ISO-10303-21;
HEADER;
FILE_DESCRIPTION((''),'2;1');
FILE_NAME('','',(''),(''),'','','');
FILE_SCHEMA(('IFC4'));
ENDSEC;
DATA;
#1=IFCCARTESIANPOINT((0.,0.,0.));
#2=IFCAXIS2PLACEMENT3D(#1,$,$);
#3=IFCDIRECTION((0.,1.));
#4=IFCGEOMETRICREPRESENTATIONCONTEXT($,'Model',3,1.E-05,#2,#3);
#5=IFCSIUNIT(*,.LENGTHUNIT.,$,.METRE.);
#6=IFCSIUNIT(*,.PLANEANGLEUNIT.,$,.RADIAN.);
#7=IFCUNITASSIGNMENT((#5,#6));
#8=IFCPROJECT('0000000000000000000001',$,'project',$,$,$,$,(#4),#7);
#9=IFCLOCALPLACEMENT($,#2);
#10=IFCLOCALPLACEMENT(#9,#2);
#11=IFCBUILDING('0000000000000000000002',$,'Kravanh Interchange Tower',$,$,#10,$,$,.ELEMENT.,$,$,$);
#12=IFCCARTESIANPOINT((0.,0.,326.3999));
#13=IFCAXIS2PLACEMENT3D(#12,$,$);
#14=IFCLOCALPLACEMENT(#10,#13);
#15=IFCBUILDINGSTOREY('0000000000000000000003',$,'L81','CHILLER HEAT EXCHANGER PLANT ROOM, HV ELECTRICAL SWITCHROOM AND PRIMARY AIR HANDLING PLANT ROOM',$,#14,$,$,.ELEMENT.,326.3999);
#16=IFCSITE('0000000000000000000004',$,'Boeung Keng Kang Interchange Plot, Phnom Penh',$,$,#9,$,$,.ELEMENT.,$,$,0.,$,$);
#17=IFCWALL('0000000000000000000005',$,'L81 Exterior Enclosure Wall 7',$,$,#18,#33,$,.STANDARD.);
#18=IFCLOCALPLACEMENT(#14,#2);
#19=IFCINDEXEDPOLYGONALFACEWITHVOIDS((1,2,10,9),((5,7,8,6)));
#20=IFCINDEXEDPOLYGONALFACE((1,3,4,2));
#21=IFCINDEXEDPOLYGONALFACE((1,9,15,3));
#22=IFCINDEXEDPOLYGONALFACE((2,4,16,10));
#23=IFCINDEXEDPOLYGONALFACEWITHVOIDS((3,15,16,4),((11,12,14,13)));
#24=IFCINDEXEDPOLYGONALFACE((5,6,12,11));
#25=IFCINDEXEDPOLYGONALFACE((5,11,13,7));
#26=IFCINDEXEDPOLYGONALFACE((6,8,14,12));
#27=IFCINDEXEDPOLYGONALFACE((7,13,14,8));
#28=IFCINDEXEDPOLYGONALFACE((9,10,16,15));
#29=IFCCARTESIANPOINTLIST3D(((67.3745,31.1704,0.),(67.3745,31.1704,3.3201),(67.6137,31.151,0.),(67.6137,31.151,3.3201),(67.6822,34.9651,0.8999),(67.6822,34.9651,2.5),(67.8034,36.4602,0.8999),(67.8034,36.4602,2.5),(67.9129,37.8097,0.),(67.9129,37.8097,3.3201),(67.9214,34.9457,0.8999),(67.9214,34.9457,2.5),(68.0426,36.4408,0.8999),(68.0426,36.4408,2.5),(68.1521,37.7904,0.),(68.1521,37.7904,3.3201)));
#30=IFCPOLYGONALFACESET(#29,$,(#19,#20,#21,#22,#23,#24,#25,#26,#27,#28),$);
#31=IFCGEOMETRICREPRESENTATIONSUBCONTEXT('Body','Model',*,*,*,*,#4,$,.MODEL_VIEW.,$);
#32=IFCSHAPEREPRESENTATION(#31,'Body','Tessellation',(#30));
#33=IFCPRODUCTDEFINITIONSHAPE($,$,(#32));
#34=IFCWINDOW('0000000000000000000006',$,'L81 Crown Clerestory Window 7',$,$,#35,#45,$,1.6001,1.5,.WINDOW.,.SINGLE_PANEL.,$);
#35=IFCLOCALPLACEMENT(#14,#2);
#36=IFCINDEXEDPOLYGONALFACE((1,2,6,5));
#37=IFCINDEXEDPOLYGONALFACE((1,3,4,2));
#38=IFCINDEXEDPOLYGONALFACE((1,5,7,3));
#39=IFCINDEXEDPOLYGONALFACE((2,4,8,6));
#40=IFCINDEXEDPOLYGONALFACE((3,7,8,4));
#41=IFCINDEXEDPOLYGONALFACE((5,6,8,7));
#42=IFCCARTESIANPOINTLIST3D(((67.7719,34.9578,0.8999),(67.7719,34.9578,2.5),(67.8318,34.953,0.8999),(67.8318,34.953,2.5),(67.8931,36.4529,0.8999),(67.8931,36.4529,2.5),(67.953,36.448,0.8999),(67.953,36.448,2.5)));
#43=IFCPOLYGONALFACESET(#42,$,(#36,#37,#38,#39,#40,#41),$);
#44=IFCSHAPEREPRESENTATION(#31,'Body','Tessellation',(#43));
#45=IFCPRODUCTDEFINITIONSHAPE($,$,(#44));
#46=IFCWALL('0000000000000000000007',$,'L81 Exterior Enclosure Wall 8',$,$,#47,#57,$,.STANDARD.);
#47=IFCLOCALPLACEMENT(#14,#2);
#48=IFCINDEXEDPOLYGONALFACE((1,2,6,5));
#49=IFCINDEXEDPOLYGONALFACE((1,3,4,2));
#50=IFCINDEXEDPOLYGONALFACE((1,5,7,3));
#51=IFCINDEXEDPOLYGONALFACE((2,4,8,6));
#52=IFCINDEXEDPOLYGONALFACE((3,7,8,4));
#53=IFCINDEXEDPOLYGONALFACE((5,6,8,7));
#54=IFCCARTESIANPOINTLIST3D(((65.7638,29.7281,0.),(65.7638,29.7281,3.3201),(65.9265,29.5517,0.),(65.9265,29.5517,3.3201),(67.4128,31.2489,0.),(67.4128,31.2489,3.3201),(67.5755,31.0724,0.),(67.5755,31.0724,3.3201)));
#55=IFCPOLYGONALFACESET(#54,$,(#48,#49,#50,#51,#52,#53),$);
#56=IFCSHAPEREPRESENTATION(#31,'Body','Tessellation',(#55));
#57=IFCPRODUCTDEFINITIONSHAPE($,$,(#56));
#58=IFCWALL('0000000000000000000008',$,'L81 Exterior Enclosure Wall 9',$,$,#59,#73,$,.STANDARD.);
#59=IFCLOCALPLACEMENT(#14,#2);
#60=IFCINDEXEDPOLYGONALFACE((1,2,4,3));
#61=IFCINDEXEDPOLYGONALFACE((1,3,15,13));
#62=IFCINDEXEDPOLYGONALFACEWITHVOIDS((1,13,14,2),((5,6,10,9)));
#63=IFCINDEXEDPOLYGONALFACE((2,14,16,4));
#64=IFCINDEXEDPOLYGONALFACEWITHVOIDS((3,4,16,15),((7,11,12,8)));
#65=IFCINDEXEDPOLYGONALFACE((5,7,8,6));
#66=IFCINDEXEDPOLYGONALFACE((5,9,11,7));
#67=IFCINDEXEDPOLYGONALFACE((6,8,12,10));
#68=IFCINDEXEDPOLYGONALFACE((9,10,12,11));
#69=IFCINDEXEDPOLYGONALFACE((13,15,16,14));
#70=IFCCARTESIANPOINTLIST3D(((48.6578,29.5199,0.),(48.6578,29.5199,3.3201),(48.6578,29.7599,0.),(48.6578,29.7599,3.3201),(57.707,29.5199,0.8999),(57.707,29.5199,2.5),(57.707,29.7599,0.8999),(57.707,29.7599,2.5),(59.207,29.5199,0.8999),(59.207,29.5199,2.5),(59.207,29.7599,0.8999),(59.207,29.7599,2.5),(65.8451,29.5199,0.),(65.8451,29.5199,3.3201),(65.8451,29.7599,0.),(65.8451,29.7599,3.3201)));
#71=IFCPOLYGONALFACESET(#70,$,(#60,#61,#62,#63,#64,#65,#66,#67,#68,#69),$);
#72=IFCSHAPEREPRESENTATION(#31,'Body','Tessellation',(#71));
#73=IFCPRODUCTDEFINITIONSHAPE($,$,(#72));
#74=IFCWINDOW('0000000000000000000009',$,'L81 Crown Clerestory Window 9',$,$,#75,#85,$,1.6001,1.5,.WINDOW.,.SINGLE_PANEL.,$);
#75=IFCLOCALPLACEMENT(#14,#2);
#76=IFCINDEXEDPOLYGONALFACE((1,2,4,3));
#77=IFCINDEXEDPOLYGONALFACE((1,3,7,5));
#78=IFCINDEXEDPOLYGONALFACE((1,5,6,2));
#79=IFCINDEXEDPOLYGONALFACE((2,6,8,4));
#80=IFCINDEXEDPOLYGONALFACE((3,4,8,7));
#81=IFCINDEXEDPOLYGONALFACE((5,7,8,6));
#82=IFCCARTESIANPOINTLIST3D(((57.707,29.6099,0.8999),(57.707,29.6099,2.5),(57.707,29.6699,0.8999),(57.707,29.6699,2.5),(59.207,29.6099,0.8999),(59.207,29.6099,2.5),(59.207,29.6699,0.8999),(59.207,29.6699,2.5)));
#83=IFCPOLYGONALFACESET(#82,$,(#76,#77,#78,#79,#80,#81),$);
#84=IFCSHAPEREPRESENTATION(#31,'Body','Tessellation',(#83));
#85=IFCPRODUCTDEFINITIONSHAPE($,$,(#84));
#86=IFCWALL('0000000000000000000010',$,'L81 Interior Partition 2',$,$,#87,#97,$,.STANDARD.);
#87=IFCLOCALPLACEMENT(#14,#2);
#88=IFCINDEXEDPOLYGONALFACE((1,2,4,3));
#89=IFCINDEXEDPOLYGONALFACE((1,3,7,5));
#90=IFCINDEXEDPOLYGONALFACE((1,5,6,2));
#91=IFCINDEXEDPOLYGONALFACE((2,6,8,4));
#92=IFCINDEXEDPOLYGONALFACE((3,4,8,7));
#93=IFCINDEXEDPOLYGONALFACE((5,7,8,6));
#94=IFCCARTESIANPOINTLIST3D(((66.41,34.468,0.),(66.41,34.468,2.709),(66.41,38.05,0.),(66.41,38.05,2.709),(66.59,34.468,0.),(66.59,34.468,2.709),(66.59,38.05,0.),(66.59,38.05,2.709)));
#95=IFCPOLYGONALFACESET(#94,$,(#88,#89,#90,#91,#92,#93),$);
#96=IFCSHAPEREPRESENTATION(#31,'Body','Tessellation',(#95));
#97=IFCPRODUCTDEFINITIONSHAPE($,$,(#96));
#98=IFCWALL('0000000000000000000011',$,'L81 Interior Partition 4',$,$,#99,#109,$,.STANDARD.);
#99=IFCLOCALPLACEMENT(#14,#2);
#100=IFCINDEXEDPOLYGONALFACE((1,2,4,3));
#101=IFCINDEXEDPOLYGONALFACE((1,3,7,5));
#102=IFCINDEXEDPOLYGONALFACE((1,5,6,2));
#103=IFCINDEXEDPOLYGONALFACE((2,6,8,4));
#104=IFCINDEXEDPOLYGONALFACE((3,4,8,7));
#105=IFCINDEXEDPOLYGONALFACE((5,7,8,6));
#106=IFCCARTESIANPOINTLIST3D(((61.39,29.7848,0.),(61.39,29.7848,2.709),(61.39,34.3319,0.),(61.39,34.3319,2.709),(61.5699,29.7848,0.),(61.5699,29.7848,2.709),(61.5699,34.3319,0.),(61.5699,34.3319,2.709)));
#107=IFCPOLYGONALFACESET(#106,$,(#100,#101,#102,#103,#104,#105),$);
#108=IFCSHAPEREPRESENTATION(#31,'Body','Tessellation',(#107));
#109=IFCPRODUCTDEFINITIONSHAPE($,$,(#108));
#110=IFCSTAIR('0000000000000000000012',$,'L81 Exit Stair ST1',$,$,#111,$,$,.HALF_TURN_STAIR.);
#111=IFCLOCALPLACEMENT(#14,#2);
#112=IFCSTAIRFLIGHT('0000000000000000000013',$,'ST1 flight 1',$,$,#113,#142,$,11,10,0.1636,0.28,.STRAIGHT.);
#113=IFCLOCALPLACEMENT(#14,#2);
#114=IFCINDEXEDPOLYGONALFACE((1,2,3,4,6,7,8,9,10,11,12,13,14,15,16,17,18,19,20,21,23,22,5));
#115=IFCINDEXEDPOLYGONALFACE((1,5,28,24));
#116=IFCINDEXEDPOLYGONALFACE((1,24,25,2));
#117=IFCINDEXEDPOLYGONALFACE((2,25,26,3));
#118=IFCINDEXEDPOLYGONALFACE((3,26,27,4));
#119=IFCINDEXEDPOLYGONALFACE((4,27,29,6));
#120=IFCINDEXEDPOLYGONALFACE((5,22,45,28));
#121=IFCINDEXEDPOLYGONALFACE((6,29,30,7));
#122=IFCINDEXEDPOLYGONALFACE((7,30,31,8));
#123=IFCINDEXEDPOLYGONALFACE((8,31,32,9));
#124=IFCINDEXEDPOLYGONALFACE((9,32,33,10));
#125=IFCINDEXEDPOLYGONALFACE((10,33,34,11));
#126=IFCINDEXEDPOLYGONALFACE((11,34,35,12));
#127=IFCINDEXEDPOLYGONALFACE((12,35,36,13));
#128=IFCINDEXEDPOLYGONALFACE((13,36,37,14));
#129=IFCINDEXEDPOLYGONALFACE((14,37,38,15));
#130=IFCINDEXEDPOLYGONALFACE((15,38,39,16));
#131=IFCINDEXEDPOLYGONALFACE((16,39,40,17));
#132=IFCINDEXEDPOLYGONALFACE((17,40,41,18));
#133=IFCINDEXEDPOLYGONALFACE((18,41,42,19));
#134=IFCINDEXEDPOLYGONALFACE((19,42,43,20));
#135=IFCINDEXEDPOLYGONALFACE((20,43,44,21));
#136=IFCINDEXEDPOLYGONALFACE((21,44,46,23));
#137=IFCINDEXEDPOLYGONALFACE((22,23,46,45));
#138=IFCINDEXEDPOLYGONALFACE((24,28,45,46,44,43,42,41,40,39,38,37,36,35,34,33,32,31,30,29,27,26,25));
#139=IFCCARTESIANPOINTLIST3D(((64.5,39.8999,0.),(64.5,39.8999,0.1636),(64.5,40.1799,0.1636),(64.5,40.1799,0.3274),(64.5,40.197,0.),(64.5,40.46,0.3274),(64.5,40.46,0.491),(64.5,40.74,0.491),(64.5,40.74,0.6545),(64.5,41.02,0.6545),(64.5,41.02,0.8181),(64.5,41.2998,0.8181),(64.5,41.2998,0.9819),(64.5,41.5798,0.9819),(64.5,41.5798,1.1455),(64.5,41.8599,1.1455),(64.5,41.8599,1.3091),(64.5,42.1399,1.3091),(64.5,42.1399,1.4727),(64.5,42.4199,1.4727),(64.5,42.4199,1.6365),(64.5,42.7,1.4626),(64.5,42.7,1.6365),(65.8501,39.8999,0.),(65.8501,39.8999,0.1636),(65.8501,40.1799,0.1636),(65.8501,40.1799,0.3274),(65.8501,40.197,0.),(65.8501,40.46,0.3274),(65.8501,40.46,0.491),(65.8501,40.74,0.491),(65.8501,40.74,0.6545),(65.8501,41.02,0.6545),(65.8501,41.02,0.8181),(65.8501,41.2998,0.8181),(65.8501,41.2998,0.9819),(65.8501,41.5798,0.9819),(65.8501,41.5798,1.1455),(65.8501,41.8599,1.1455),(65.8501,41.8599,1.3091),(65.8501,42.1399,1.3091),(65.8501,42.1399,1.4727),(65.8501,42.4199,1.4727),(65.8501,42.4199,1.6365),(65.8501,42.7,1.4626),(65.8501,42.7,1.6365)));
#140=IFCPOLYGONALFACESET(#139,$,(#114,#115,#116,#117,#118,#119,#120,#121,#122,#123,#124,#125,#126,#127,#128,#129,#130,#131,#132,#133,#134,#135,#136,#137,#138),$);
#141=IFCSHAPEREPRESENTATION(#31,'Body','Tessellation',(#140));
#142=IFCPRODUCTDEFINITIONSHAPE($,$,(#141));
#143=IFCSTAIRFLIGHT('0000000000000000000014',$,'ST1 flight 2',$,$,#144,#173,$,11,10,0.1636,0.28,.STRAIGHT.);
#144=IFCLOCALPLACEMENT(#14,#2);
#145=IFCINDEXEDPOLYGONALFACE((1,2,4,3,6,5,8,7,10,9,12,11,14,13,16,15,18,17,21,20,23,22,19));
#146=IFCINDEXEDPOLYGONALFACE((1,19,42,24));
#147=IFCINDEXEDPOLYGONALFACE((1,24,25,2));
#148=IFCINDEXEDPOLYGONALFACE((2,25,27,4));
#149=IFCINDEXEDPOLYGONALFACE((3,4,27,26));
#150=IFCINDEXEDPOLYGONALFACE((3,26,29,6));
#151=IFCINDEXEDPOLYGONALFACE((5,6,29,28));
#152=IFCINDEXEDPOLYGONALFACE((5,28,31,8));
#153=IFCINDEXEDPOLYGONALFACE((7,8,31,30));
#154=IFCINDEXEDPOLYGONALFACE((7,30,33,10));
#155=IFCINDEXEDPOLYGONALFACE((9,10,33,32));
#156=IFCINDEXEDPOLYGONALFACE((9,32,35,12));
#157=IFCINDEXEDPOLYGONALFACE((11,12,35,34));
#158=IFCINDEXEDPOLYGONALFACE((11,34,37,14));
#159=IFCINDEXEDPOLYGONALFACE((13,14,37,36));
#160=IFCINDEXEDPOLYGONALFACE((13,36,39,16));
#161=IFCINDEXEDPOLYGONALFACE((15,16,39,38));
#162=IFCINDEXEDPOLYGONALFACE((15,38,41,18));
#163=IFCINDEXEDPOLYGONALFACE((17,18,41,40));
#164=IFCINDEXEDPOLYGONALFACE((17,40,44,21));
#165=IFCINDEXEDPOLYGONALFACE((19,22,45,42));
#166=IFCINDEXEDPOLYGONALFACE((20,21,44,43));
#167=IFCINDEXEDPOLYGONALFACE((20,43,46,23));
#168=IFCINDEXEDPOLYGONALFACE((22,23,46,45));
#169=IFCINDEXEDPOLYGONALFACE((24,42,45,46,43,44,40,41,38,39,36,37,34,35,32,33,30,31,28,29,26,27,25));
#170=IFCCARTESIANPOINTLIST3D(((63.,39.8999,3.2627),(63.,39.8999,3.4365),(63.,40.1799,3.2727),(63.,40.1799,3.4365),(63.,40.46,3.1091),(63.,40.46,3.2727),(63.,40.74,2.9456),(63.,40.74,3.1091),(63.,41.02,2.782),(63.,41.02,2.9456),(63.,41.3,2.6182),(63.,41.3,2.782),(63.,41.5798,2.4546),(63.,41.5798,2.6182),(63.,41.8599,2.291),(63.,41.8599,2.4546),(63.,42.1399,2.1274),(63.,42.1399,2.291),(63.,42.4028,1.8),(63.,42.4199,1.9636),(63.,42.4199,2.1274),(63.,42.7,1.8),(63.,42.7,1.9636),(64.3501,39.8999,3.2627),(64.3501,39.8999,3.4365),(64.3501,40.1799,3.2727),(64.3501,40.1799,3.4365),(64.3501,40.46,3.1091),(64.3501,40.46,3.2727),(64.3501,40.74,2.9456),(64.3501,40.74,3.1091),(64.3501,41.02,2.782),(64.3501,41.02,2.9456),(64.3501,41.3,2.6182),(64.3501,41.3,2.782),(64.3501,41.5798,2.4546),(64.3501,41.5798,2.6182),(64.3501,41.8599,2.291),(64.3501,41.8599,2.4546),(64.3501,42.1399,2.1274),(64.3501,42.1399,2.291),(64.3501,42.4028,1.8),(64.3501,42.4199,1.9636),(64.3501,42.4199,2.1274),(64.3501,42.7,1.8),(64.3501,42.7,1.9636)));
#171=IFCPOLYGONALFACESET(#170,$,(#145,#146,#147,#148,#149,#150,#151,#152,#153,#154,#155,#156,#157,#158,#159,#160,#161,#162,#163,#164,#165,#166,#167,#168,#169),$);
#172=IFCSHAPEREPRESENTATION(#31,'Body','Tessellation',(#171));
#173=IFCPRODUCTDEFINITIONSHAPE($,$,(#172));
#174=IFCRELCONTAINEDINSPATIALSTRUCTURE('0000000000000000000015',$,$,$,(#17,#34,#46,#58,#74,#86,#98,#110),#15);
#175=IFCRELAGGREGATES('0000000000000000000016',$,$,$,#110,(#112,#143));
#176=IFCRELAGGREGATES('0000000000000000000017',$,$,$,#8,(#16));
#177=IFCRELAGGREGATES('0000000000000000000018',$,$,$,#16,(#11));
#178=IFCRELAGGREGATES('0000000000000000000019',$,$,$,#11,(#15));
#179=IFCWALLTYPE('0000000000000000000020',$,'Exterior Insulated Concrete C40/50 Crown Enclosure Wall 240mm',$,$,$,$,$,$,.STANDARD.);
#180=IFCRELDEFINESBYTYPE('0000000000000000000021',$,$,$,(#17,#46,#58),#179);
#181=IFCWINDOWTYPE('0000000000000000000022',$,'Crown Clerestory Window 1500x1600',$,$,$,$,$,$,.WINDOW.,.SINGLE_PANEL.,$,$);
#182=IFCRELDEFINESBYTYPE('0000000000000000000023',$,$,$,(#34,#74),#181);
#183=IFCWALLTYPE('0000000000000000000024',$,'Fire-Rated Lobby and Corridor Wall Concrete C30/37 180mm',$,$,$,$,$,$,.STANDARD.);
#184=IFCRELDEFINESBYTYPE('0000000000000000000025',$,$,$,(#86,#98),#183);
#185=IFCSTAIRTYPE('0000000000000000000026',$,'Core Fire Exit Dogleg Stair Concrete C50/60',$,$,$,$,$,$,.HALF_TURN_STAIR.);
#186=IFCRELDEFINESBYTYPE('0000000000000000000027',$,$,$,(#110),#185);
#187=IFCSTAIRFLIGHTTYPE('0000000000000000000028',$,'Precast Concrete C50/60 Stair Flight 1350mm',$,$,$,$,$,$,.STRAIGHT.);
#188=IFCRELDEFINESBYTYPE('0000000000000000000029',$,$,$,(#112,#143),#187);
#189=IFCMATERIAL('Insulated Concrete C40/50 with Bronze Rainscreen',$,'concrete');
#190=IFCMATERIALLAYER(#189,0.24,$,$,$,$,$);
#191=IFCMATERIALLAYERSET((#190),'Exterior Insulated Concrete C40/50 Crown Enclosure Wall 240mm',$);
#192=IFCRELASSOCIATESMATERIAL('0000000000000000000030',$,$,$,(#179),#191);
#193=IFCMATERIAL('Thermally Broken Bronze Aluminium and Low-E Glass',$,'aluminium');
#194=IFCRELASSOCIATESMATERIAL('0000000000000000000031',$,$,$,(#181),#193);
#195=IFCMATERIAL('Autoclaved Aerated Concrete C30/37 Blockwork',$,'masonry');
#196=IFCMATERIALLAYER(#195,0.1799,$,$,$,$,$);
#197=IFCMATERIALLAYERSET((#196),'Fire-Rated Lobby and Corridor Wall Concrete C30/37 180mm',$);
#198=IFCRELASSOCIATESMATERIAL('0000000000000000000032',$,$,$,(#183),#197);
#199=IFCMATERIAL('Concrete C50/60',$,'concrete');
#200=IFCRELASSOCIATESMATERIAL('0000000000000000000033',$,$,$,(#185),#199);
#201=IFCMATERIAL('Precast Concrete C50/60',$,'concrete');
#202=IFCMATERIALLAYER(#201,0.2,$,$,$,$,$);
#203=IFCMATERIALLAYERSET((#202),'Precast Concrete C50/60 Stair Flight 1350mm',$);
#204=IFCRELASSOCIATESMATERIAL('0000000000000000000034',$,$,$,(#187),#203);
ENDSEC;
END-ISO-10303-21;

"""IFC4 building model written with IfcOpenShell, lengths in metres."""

from ifc_helpers import new_model, si_unit, direction, frame, frame_2d, origin, place, context, subcontext, project, spatial, polyline, rectangle, outline, extrude, material, layer, layer_set, type_object, element, fill, aggregate, save


model = new_model("IFC4")

# Units and contexts
model_context = context("Model", 3, precision=1e-05, world=origin(), true_north=direction((0.0, 1.0)))
body_context = subcontext(model_context, "Body", "Model", "MODEL_VIEW")
ifc_project = project(units=[si_unit("LENGTHUNIT", "METRE"), si_unit("PLANEANGLEUNIT", "RADIAN")], contexts=[model_context])

# Site, building, storey
site_placement = place(None, origin())
site = spatial("IfcSite", under=ifc_project, at=site_placement, Name="Boeung Keng Kang Interchange Plot, Phnom Penh", CompositionType="ELEMENT", RefElevation=0.0)
building_placement = place(site_placement, origin())
building = spatial("IfcBuilding", under=site, at=building_placement, Name="Kravanh Interchange Tower", CompositionType="ELEMENT")
storey_placement = place(building_placement, frame((0.0, 0.0, 326.3999)))
storey = spatial("IfcBuildingStorey", under=building, at=storey_placement, Name="L81", Description="CHILLER HEAT EXCHANGER PLANT ROOM, HV ELECTRICAL SWITCHROOM AND PRIMARY AIR HANDLING PLANT ROOM", CompositionType="ELEMENT", Elevation=326.3999)

# Shared definitions
ifc_material_1 = material(Name="Insulated Concrete C40/50 with Bronze Rainscreen", Category="concrete")
ifc_layer_1 = layer(ifc_material_1, 0.24)
ifc_layer_set_1 = layer_set([ifc_layer_1], Name="Exterior Insulated Concrete C40/50 Crown Enclosure Wall 240mm")
wall_type_1 = type_object("IfcWallType", Name="Exterior Insulated Concrete C40/50 Crown Enclosure Wall 240mm", PredefinedType="STANDARD", material=ifc_layer_set_1)

# Wall, opening, window
wall_1_placement = place(storey_placement, frame((68.0325, 37.8, 0.0), z_axis=(0.0, 0.0, 1.0), x_axis=(-0.080816, -0.996729, 0.0)))
wall_1 = element("IfcWall", 1, at=wall_1_placement, inside=storey, type_object=wall_type_1, Name="L81 Exterior Enclosure Wall 7", PredefinedType="STANDARD", context=body_context, shape_type="SweptSolid", body=[
    extrude(rectangle(XDim=6.6611, YDim=0.24, at=frame_2d((3.3306, 0.0))), origin(), (0.0, 0.0, 1.0), 3.3201),
])
opening_1_placement = place(wall_1_placement, frame((1.354, 0.0, 0.8999)))
opening_1 = element("IfcOpeningElement", 2, at=opening_1_placement, cuts=wall_1, PredefinedType="OPENING", context=body_context, shape_type="SweptSolid", body=[
    extrude(rectangle(XDim=1.5, YDim=1.6001, at=frame_2d((0.75, 0.8))), frame((0.0, 0.1299, 0.0), z_axis=(0.0, -1.0, 0.0), x_axis=(1.0, 0.0, 0.0)), (0.0, 0.0, 1.0), 0.26),
])
ifc_material_2 = material(Name="Thermally Broken Bronze Aluminium and Low-E Glass", Category="aluminium")
window_type = type_object("IfcWindowType", Name="Crown Clerestory Window 1500x1600", PartitioningType="SINGLE_PANEL", PredefinedType="WINDOW", material=ifc_material_2)
window_1_placement = place(opening_1_placement, origin())
window_1 = element("IfcWindow", 3, at=window_1_placement, inside=storey, type_object=window_type, Name="L81 Crown Clerestory Window 7", OverallHeight=1.6001, OverallWidth=1.5, PartitioningType="SINGLE_PANEL", PredefinedType="WINDOW", context=body_context, shape_type="SweptSolid", body=[
    extrude(rectangle(XDim=1.5, YDim=1.6001, at=frame_2d((0.75, 0.8))), frame((0.0, 0.03, 0.0), z_axis=(0.0, -1.0, 0.0), x_axis=(1.0, 0.0, 0.0)), (0.0, 0.0, 1.0), 0.0601),
])
fill(opening_1, window_1)

# Wall
wall_2_placement = place(storey_placement, frame((67.4941, 31.1606, 0.0), z_axis=(0.0, 0.0, 1.0), x_axis=(-0.7351, -0.677959, 0.0)))
element("IfcWall", 4, at=wall_2_placement, inside=storey, type_object=wall_type_1, Name="L81 Exterior Enclosure Wall 8", PredefinedType="STANDARD", context=body_context, shape_type="SweptSolid", body=[
    extrude(rectangle(XDim=2.2432, YDim=0.24, at=frame_2d((1.1216, 0.0))), origin(), (0.0, 0.0, 1.0), 3.3201),
])

# Wall, opening, window
wall_3_placement = place(storey_placement, frame((65.8452, 29.6399, 0.0), z_axis=(0.0, 0.0, 1.0), x_axis=(-1.0, 0.0, 0.0)))
wall_3 = element("IfcWall", 5, at=wall_3_placement, inside=storey, type_object=wall_type_1, Name="L81 Exterior Enclosure Wall 9", PredefinedType="STANDARD", context=body_context, shape_type="SweptSolid", body=[
    extrude(rectangle(XDim=17.1873, YDim=0.24, at=frame_2d((8.5938, 0.0))), origin(), (0.0, 0.0, 1.0), 3.3201),
])
opening_2_placement = place(wall_3_placement, frame((6.6382, 0.0, 0.8999)))
opening_2 = element("IfcOpeningElement", 6, at=opening_2_placement, cuts=wall_3, PredefinedType="OPENING", context=body_context, shape_type="SweptSolid", body=[
    extrude(rectangle(XDim=1.5, YDim=1.6001, at=frame_2d((0.75, 0.8))), frame((0.0, 0.1299, 0.0), z_axis=(0.0, -1.0, 0.0), x_axis=(1.0, 0.0, 0.0)), (0.0, 0.0, 1.0), 0.26),
])
window_2_placement = place(opening_2_placement, origin())
window_2 = element("IfcWindow", 7, at=window_2_placement, inside=storey, type_object=window_type, Name="L81 Crown Clerestory Window 9", OverallHeight=1.6001, OverallWidth=1.5, PartitioningType="SINGLE_PANEL", PredefinedType="WINDOW", context=body_context, shape_type="SweptSolid", body=[
    extrude(rectangle(XDim=1.5, YDim=1.6001, at=frame_2d((0.75, 0.8))), frame((0.0, 0.03, 0.0), z_axis=(0.0, -1.0, 0.0), x_axis=(1.0, 0.0, 0.0)), (0.0, 0.0, 1.0), 0.0601),
])
fill(opening_2, window_2)

# Walls
ifc_material_3 = material(Name="Autoclaved Aerated Concrete C30/37 Blockwork", Category="masonry")
ifc_layer_2 = layer(ifc_material_3, 0.1799)
ifc_layer_set_2 = layer_set([ifc_layer_2], Name="Fire-Rated Lobby and Corridor Wall Concrete C30/37 180mm")
wall_type_2 = type_object("IfcWallType", Name="Fire-Rated Lobby and Corridor Wall Concrete C30/37 180mm", PredefinedType="STANDARD", material=ifc_layer_set_2)
wall_4_placement = place(storey_placement, frame((66.5, 34.468, 0.0), z_axis=(0.0, 0.0, 1.0), x_axis=(0.0, 1.0, 0.0)))
element("IfcWall", 8, at=wall_4_placement, inside=storey, type_object=wall_type_2, Name="L81 Interior Partition 2", PredefinedType="STANDARD", context=body_context, shape_type="SweptSolid", body=[
    extrude(rectangle(XDim=3.582, YDim=0.1799, at=frame_2d((1.791, 0.0))), origin(), (0.0, 0.0, 1.0), 2.709),
])
wall_5_placement = place(storey_placement, frame((61.48, 29.7849, 0.0), z_axis=(0.0, 0.0, 1.0), x_axis=(0.0, 1.0, 0.0)))
element("IfcWall", 9, at=wall_5_placement, inside=storey, type_object=wall_type_2, Name="L81 Interior Partition 4", PredefinedType="STANDARD", context=body_context, shape_type="SweptSolid", body=[
    extrude(rectangle(XDim=4.5471, YDim=0.1799, at=frame_2d((2.2734, 0.0))), origin(), (0.0, 0.0, 1.0), 2.709),
])

# Stair, stair flights
ifc_material_4 = material(Name="Concrete C50/60", Category="concrete")
stair_type = type_object("IfcStairType", Name="Core Fire Exit Dogleg Stair Concrete C50/60", PredefinedType="HALF_TURN_STAIR", material=ifc_material_4)
stair_1_placement = place(storey_placement, origin())
stair_1 = element("IfcStair", 10, at=stair_1_placement, inside=storey, type_object=stair_type, Name="L81 Exit Stair ST1", PredefinedType="HALF_TURN_STAIR")
ifc_material_5 = material(Name="Precast Concrete C50/60", Category="concrete")
ifc_layer_3 = layer(ifc_material_5, 0.2)
ifc_layer_set_3 = layer_set([ifc_layer_3], Name="Precast Concrete C50/60 Stair Flight 1350mm")
stair_flight_type = type_object("IfcStairFlightType", Name="Precast Concrete C50/60 Stair Flight 1350mm", PredefinedType="STRAIGHT", material=ifc_layer_set_3)
stair_flight_1_placement = place(storey_placement, frame((65.175, 39.8999, 0.0), z_axis=(0.0, 0.0, 1.0), x_axis=(0.0, 1.0, 0.0)))
stair_flight_1 = element("IfcStairFlight", 11, at=stair_flight_1_placement, type_object=stair_flight_type, Name="ST1 flight 1", NumberOfRisers=11, NumberOfTreads=10, PredefinedType="STRAIGHT", RiserHeight=0.1636, TreadLength=0.28, context=body_context, shape_type="SweptSolid", body=[
    extrude(outline(polyline([(0.0, 0.0), (0.0, 0.1636), (0.28, 0.1636), (0.28, 0.3274), (0.5601, 0.3274), (0.5601, 0.491), (0.8401, 0.491), (0.8401, 0.6545), (1.1201, 0.6545), (1.1201, 0.8181), (1.3999, 0.8181), (1.3999, 0.9819), (1.6799, 0.9819), (1.6799, 1.1455), (1.96, 1.1455), (1.96, 1.3091), (2.24, 1.3091), (2.24, 1.4727), (2.52, 1.4727), (2.52, 1.6365), (2.8, 1.6365), (2.8, 1.8), (2.8, 1.4626), (0.2971, 0.0), (0.0, 0.0)])), frame((0.0, 0.675, 0.0), z_axis=(0.0, -1.0, 0.0), x_axis=(1.0, 0.0, 0.0)), (0.0, 0.0, 1.0), 1.3501),
])
stair_flight_2_placement = place(storey_placement, frame((63.675, 42.7, 1.8), z_axis=(0.0, 0.0, 1.0), x_axis=(0.0, -1.0, 0.0)))
stair_flight_2 = element("IfcStairFlight", 12, at=stair_flight_2_placement, type_object=stair_flight_type, Name="ST1 flight 2", NumberOfRisers=11, NumberOfTreads=10, PredefinedType="STRAIGHT", RiserHeight=0.1636, TreadLength=0.28, context=body_context, shape_type="SweptSolid", body=[
    extrude(outline(polyline([(0.0, 0.0), (0.0, 0.1636), (0.28, 0.1636), (0.28, 0.3274), (0.5601, 0.3274), (0.5601, 0.491), (0.8401, 0.491), (0.8401, 0.6545), (1.1201, 0.6545), (1.1201, 0.8181), (1.3999, 0.8181), (1.3999, 0.9819), (1.6799, 0.9819), (1.6799, 1.1455), (1.96, 1.1455), (1.96, 1.3091), (2.24, 1.3091), (2.24, 1.4727), (2.52, 1.4727), (2.52, 1.6365), (2.8, 1.6365), (2.8, 1.8), (2.8, 1.4626), (0.2971, 0.0), (0.0, 0.0)])), frame((0.0, 0.675, 0.0), z_axis=(0.0, -1.0, 0.0), x_axis=(1.0, 0.0, 0.0)), (0.0, 0.0, 1.0), 1.3501),
])
aggregate(stair_1, [stair_flight_1, stair_flight_2])

save(model, "model.ifc")
